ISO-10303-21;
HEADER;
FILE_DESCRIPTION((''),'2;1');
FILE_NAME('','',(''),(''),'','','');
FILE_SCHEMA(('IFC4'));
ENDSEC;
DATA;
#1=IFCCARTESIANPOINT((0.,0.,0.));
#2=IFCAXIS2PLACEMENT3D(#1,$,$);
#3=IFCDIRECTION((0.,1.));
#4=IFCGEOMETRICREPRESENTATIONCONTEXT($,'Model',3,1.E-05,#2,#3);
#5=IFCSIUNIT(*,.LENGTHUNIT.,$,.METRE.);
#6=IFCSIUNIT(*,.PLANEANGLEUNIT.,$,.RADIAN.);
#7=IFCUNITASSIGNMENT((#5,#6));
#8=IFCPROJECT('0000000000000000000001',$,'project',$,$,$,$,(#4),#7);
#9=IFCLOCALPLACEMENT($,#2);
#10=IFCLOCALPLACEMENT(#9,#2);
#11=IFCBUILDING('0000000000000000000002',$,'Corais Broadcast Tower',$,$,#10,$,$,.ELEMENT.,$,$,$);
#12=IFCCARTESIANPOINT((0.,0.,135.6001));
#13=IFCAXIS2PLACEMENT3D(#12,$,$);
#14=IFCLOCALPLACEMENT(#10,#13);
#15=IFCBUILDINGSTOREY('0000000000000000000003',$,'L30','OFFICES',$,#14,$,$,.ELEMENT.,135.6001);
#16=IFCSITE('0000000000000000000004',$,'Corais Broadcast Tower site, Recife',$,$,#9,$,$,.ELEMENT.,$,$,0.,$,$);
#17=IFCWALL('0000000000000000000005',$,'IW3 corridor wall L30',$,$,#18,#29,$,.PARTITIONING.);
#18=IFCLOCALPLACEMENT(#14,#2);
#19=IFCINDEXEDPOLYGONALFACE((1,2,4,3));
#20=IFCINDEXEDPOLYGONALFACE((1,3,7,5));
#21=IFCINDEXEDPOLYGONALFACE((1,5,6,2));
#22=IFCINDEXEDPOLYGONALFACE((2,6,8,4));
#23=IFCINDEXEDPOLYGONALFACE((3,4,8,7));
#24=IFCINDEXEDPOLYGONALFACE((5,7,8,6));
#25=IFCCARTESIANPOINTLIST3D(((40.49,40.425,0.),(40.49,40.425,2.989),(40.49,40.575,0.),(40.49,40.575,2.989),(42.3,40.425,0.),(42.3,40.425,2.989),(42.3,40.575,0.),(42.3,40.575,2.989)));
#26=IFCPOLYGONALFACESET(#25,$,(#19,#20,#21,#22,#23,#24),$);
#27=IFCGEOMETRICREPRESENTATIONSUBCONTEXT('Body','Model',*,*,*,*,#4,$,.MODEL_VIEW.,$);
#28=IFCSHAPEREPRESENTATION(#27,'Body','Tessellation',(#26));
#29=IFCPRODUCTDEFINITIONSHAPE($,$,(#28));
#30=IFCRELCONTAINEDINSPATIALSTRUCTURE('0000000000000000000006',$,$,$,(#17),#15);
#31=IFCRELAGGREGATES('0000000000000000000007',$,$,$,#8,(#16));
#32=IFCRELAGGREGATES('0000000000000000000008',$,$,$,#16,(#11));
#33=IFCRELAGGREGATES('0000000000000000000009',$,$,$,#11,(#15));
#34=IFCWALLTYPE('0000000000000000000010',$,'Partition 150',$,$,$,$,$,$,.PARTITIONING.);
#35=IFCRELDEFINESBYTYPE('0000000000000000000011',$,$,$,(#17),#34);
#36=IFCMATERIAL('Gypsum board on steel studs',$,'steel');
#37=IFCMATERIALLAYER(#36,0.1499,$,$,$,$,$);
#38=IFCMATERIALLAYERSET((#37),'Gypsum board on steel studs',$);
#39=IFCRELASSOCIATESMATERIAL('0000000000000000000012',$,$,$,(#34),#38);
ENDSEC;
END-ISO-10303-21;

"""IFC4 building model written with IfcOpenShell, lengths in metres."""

from ifc_helpers import new_model, si_unit, direction, frame, frame_2d, origin, place, context, subcontext, project, spatial, rectangle, extrude, material, layer, layer_set, type_object, element, save


model = new_model("IFC4")

# Units and contexts
model_context = context("Model", 3, precision=1e-05, world=origin(), true_north=direction((0.0, 1.0)))
body_context = subcontext(model_context, "Body", "Model", "MODEL_VIEW")
ifc_project = project(units=[si_unit("LENGTHUNIT", "METRE"), si_unit("PLANEANGLEUNIT", "RADIAN")], contexts=[model_context])

# Site, building, storey
site_placement = place(None, origin())
site = spatial("IfcSite", under=ifc_project, at=site_placement, Name="Corais Broadcast Tower site, Recife", CompositionType="ELEMENT", RefElevation=0.0)
building_placement = place(site_placement, origin())
building = spatial("IfcBuilding", under=site, at=building_placement, Name="Corais Broadcast Tower", CompositionType="ELEMENT")
storey_placement = place(building_placement, frame((0.0, 0.0, 135.6001)))
storey = spatial("IfcBuildingStorey", under=building, at=storey_placement, Name="L30", Description="OFFICES", CompositionType="ELEMENT", Elevation=135.6001)

# Wall
ifc_material_1 = material(Name="Gypsum board on steel studs", Category="steel")
ifc_layer_1 = layer(ifc_material_1, 0.1499)
ifc_layer_set_1 = layer_set([ifc_layer_1], Name="Gypsum board on steel studs")
wall_type = type_object("IfcWallType", Name="Partition 150", PredefinedType="PARTITIONING", material=ifc_layer_set_1)
wall_placement = place(storey_placement, frame((42.3, 40.5, 0.0), z_axis=(0.0, 0.0, 1.0), x_axis=(-1.0, 0.0, 0.0)))
element("IfcWall", 1, at=wall_placement, inside=storey, type_object=wall_type, Name="IW3 corridor wall L30", PredefinedType="PARTITIONING", context=body_context, shape_type="SweptSolid", body=[
    extrude(rectangle(XDim=1.8101, YDim=0.1499, at=frame_2d((0.905, 0.0))), origin(), (0.0, 0.0, 1.0), 2.989),
])

save(model, "model.ifc")
